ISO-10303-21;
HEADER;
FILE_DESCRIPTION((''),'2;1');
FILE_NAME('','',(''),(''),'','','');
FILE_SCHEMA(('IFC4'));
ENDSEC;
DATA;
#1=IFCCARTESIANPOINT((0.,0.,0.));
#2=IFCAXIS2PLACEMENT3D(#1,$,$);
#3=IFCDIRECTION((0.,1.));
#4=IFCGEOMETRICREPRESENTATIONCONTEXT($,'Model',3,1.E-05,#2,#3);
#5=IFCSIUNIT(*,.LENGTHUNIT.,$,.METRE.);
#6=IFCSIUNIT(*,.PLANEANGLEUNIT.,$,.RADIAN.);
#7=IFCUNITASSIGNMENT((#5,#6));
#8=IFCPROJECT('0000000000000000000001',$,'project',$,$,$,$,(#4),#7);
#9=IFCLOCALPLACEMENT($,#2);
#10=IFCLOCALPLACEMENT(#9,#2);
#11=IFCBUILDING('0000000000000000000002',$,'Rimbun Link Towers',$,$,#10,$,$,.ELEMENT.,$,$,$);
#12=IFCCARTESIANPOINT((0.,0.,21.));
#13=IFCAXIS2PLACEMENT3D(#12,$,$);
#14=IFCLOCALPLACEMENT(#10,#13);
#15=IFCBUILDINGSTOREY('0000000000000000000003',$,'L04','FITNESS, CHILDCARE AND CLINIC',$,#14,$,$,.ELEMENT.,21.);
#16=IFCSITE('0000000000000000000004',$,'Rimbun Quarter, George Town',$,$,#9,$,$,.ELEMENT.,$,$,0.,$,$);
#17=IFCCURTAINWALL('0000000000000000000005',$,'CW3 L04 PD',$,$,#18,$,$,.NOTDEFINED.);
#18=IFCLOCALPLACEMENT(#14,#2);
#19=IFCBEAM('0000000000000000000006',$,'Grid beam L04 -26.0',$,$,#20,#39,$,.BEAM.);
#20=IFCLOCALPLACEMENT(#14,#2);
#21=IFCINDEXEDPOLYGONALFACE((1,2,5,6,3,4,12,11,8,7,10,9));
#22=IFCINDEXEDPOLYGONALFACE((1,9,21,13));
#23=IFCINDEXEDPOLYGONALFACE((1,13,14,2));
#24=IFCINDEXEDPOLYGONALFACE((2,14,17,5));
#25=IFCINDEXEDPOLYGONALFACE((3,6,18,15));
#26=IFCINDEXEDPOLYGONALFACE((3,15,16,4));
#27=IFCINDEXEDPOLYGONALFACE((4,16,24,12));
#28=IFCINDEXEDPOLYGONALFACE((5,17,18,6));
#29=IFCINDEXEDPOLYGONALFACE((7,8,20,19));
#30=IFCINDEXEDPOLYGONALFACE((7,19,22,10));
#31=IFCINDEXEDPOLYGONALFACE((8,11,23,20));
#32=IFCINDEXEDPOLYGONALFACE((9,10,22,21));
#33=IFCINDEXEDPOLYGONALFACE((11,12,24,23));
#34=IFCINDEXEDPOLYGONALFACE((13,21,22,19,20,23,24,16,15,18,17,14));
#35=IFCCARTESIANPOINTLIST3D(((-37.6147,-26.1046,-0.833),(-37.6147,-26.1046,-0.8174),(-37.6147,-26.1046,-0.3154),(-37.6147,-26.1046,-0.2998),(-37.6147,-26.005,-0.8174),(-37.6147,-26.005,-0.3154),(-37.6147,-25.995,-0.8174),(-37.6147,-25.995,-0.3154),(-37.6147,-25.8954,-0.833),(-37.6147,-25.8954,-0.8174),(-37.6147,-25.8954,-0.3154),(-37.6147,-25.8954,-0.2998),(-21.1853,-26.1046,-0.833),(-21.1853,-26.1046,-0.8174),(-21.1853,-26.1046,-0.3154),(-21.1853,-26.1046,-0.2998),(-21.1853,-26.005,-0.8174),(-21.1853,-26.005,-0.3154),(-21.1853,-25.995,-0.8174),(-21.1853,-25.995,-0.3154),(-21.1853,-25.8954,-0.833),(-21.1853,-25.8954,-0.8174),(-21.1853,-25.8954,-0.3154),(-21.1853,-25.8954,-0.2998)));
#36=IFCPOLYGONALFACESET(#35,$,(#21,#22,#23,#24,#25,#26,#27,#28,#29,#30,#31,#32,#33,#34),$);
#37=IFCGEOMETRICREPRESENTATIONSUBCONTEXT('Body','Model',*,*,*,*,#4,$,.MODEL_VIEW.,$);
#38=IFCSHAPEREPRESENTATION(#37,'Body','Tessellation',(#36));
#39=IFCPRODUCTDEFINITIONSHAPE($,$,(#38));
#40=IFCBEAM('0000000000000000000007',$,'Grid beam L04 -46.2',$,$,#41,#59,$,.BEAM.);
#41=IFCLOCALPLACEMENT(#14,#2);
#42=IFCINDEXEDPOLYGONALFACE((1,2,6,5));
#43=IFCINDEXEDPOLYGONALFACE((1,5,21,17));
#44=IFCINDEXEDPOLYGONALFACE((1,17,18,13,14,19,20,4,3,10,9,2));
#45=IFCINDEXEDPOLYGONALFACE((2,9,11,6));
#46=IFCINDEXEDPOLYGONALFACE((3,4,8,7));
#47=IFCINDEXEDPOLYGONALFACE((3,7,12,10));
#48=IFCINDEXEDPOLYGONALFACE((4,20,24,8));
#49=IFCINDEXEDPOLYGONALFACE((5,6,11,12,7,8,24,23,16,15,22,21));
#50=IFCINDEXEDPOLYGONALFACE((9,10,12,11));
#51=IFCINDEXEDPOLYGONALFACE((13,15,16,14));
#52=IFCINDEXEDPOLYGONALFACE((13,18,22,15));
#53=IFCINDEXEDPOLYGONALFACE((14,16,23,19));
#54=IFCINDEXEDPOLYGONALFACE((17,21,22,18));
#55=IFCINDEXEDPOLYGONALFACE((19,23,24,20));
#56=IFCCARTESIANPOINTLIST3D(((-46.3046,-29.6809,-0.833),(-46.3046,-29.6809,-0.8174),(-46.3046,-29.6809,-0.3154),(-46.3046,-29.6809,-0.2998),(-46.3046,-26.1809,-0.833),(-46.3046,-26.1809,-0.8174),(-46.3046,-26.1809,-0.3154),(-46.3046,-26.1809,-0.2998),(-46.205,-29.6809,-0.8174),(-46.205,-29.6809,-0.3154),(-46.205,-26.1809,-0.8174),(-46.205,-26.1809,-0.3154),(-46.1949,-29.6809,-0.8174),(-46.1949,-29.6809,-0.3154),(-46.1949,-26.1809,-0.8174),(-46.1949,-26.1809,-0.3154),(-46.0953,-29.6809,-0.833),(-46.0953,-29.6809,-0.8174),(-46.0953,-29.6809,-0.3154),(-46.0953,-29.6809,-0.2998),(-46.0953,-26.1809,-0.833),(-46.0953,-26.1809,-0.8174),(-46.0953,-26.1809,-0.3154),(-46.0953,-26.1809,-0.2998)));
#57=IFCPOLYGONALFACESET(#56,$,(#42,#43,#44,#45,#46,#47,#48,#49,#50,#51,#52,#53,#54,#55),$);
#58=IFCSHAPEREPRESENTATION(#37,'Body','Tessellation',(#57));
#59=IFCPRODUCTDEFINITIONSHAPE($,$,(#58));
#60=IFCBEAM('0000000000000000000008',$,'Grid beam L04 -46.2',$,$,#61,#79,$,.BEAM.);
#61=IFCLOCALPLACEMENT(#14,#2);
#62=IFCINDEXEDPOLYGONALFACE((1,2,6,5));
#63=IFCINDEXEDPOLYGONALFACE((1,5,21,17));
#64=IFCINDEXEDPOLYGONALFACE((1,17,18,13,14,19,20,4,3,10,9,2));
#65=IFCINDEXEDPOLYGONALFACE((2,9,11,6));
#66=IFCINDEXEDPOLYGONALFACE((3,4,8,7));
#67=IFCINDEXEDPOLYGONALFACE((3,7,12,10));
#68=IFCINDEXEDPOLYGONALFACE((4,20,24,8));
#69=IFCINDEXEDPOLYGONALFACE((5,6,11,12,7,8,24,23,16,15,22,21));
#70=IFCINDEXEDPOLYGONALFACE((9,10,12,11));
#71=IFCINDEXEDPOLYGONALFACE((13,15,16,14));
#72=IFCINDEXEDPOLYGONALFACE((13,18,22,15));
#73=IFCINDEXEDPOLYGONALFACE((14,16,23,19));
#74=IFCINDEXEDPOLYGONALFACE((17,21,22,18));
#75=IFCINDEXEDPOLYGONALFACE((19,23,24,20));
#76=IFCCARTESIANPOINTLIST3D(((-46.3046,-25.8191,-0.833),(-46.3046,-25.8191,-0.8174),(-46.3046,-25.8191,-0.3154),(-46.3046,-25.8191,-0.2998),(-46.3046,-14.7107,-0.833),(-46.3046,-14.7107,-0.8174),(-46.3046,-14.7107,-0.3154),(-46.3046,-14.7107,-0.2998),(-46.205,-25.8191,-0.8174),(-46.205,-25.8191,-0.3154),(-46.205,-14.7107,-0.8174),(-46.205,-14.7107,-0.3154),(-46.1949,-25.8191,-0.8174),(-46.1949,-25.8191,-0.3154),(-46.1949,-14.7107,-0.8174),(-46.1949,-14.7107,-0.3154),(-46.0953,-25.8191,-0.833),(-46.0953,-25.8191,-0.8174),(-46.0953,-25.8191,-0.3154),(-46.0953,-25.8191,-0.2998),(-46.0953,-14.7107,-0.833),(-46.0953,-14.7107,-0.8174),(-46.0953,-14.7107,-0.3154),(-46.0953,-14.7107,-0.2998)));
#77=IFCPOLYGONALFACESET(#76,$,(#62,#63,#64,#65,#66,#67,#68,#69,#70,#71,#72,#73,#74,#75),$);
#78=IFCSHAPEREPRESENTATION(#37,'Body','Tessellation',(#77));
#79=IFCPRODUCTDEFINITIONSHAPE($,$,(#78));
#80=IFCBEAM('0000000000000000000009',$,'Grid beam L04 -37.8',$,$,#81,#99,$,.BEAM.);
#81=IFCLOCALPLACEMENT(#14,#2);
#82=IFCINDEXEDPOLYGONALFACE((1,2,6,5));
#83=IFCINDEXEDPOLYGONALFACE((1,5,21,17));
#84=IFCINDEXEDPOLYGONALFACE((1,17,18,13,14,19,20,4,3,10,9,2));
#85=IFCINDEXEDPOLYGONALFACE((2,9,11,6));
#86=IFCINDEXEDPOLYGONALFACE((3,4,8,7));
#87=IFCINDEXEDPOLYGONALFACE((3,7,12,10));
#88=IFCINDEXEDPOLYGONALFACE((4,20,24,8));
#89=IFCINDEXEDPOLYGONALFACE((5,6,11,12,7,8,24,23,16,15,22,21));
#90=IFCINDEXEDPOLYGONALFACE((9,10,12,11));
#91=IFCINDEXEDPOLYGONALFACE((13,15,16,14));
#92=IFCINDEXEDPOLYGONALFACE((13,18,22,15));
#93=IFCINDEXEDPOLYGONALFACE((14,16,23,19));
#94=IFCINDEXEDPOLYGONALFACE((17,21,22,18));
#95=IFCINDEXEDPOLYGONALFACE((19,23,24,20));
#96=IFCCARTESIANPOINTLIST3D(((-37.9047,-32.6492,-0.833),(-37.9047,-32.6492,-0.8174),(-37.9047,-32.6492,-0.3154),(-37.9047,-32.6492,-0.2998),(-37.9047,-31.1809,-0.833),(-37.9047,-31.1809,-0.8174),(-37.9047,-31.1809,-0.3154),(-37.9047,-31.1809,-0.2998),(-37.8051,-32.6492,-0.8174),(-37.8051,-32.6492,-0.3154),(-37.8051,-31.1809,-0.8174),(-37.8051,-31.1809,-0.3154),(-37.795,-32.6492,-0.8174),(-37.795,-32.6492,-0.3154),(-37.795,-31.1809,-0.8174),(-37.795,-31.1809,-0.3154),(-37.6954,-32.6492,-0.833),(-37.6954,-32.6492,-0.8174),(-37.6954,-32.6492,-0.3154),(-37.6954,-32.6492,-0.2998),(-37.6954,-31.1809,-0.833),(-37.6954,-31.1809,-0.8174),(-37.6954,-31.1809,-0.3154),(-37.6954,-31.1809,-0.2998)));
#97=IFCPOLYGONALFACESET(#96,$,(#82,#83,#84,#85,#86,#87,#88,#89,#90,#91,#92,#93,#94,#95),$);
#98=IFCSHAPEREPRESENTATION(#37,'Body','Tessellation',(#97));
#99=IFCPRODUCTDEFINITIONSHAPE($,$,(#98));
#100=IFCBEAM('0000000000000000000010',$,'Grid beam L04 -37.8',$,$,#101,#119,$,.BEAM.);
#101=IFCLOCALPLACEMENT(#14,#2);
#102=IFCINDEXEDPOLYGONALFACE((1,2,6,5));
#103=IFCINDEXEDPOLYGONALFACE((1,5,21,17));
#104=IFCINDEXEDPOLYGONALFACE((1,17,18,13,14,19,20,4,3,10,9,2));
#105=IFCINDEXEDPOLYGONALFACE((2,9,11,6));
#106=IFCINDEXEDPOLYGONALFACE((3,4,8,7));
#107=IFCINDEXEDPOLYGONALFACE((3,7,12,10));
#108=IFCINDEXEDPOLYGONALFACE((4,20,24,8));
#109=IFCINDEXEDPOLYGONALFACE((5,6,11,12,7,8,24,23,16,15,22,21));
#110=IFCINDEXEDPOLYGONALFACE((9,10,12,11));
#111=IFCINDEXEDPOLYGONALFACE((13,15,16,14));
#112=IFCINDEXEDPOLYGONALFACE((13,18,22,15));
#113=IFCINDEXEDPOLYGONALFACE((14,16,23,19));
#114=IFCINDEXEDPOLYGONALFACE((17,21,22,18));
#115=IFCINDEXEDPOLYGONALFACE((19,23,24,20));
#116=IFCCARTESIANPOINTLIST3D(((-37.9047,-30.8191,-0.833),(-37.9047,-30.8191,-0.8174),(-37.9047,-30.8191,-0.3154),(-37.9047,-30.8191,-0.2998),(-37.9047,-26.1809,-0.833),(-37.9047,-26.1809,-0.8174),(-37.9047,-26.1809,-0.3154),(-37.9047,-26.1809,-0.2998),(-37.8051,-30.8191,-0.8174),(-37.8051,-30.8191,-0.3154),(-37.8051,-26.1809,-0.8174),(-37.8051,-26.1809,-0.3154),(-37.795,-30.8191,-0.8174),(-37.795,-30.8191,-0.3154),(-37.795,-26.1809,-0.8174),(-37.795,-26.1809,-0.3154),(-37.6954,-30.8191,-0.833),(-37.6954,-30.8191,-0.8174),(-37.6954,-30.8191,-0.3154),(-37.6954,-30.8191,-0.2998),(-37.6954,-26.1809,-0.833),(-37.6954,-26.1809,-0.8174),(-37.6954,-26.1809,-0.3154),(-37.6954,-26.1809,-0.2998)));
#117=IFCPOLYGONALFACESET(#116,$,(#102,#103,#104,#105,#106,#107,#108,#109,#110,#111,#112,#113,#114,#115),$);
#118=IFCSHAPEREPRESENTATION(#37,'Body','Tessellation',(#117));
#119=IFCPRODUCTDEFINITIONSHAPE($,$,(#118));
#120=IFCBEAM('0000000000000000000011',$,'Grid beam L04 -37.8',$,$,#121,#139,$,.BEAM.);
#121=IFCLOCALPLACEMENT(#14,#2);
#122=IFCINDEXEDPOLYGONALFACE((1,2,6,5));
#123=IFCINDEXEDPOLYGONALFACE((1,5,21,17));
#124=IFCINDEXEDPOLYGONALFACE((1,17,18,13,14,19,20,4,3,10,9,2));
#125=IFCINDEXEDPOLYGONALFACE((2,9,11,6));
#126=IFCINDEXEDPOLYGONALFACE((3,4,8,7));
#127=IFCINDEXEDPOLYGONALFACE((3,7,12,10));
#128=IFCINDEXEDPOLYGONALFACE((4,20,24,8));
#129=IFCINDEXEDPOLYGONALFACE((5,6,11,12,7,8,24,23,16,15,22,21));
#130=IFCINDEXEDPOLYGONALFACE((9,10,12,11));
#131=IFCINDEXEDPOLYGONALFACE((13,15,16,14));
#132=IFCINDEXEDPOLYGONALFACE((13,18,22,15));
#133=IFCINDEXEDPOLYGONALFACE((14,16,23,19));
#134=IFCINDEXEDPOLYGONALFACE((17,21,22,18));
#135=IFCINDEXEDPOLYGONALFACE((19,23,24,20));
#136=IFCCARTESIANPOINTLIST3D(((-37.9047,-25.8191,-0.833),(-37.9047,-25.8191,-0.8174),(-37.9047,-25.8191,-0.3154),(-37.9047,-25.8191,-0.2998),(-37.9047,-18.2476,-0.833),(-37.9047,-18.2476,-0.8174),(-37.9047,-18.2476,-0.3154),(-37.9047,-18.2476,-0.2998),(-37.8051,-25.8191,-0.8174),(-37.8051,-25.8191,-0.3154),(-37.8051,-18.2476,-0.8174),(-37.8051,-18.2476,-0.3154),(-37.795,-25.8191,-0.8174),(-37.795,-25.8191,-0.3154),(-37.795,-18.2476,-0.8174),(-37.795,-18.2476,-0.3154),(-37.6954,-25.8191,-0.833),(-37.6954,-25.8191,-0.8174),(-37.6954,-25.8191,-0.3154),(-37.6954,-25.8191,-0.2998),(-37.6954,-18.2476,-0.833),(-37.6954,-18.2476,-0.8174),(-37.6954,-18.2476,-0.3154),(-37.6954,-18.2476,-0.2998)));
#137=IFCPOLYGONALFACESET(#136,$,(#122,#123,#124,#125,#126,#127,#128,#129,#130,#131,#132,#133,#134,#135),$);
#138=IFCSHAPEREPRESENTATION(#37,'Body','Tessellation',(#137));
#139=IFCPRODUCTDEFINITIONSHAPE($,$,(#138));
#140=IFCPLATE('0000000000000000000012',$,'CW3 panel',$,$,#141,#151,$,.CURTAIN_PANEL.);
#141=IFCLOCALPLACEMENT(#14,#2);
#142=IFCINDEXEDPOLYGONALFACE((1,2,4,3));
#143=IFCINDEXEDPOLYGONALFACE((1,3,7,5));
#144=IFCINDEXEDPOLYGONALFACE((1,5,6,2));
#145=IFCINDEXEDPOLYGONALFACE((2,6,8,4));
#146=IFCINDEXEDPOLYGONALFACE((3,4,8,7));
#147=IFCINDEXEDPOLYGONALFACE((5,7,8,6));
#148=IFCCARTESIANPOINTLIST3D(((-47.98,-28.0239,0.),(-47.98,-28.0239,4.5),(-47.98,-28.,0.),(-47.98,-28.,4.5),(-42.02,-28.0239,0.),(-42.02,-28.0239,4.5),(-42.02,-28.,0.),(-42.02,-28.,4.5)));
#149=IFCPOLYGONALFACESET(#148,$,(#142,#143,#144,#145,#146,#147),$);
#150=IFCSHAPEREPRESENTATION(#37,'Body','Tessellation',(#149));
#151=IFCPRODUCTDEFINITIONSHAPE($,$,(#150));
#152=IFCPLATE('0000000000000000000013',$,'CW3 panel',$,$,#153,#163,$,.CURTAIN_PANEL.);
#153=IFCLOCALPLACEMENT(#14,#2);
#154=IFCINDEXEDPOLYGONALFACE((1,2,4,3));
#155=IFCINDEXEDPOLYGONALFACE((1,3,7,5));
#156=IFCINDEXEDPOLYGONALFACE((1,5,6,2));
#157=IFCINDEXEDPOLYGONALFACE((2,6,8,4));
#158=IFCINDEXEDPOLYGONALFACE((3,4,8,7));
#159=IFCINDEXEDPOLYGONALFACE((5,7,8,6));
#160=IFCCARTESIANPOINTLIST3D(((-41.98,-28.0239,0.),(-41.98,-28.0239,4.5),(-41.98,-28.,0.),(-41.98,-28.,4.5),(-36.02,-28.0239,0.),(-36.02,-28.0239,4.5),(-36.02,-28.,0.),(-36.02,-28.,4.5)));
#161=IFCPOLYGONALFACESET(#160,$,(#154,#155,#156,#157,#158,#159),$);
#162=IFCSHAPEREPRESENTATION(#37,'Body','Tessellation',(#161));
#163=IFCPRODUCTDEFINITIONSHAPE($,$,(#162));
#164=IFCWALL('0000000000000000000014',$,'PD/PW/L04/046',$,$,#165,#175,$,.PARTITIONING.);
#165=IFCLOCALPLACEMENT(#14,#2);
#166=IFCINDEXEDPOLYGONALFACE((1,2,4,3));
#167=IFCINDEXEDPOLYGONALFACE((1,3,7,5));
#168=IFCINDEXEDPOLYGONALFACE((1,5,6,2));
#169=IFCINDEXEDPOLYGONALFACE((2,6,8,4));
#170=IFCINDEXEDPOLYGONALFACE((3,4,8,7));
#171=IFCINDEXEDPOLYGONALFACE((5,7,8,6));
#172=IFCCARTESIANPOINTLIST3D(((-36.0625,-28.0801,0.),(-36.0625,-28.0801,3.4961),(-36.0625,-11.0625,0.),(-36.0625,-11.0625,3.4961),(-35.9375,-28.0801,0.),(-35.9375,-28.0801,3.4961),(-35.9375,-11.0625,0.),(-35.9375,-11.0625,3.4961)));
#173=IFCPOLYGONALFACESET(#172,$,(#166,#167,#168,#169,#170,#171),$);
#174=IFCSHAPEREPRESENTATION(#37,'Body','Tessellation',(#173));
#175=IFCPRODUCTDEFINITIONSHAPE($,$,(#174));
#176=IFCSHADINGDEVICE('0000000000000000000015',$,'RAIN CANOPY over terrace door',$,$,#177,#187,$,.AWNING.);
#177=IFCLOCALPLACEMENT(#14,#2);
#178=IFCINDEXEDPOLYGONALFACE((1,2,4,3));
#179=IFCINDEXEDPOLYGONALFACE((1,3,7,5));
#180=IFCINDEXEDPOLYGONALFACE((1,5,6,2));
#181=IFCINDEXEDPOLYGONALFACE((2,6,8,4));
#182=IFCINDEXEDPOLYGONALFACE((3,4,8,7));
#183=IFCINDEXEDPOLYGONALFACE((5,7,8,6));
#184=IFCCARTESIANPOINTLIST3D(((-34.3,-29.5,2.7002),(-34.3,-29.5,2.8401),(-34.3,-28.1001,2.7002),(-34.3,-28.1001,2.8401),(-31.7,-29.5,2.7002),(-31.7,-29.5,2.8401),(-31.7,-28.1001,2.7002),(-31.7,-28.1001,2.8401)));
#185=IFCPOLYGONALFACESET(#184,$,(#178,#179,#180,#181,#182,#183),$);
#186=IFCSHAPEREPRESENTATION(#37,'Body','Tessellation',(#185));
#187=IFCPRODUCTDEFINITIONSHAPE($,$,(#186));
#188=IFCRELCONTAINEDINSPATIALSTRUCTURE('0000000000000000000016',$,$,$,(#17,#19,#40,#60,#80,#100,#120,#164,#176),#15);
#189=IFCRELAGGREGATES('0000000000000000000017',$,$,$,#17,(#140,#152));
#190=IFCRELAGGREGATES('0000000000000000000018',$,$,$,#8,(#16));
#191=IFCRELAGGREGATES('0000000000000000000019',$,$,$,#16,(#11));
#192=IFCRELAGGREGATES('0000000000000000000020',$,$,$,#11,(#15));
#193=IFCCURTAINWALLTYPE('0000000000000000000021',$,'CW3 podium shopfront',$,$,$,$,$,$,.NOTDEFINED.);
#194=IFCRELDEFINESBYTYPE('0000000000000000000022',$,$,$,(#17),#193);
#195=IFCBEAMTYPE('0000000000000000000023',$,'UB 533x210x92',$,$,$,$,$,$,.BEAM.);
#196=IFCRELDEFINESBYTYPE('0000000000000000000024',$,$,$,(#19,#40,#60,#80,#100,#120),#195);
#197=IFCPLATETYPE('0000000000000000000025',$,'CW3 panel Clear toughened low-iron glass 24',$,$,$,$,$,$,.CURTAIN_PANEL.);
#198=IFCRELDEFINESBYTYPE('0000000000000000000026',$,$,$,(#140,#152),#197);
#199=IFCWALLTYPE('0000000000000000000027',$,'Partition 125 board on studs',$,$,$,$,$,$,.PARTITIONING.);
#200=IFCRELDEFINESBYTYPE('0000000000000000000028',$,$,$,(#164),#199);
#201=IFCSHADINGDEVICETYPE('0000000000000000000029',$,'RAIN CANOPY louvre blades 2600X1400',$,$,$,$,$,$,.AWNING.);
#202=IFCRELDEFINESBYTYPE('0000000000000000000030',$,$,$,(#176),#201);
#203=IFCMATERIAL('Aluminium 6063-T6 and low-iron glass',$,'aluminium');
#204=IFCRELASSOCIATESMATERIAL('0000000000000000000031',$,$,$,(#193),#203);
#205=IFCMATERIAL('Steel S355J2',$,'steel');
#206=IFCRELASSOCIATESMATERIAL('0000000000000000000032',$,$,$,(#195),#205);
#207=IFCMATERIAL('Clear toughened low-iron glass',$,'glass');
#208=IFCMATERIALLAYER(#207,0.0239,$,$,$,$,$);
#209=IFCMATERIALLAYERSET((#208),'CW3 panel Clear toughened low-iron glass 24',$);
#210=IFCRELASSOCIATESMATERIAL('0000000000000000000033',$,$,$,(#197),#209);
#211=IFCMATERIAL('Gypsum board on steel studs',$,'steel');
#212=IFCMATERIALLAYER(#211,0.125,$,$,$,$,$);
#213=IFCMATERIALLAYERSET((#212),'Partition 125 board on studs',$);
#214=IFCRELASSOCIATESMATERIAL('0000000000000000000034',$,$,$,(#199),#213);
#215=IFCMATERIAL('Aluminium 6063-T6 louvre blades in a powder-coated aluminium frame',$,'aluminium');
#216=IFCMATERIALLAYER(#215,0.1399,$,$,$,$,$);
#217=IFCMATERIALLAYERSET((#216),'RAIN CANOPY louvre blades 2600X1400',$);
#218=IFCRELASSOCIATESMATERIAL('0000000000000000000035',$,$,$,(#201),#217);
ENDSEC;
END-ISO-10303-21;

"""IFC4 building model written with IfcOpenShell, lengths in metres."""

from ifc_helpers import new_model, si_unit, direction, frame, frame_2d, origin, origin_2d, place, context, subcontext, project, spatial, rectangle, i_section, extrude, material, layer, layer_set, material_profile, profile_set, type_object, element, aggregate, save


model = new_model("IFC4")

# Units and contexts
model_context = context("Model", 3, precision=1e-05, world=origin(), true_north=direction((0.0, 1.0)))
body_context = subcontext(model_context, "Body", "Model", "MODEL_VIEW")
ifc_project = project(units=[si_unit("LENGTHUNIT", "METRE"), si_unit("PLANEANGLEUNIT", "RADIAN")], contexts=[model_context])

# Site, building, storey
site_placement = place(None, origin())
site = spatial("IfcSite", under=ifc_project, at=site_placement, Name="Rimbun Quarter, George Town", CompositionType="ELEMENT", RefElevation=0.0)
building_placement = place(site_placement, origin())
building = spatial("IfcBuilding", under=site, at=building_placement, Name="Rimbun Link Towers", CompositionType="ELEMENT")
storey_placement = place(building_placement, frame((0.0, 0.0, 21.0)))
storey = spatial("IfcBuildingStorey", under=building, at=storey_placement, Name="L04", Description="FITNESS, CHILDCARE AND CLINIC", CompositionType="ELEMENT", Elevation=21.0)

# Curtain wall
ifc_material_1 = material(Name="Aluminium 6063-T6 and low-iron glass", Category="aluminium")
curtain_wall_type = type_object("IfcCurtainWallType", Name="CW3 podium shopfront", PredefinedType="NOTDEFINED", material=ifc_material_1)
curtain_wall_placement = place(storey_placement, origin())
curtain_wall = element("IfcCurtainWall", 1, at=curtain_wall_placement, inside=storey, type_object=curtain_wall_type, Name="CW3 L04 PD", PredefinedType="NOTDEFINED")

# Beams
ifc_material_2 = material(Name="Steel S355J2", Category="steel")
ifc_material_profile_1 = material_profile(ifc_material_2, i_section(OverallWidth=0.2092, OverallDepth=0.5332, WebThickness=0.01, FlangeThickness=0.0156, at=origin_2d()), Name="UB 533x210x92")
ifc_profile_set_1 = profile_set([ifc_material_profile_1], Name="Steel S355J2")
beam_type = type_object("IfcBeamType", Name="UB 533x210x92", PredefinedType="BEAM", material=ifc_profile_set_1)
beam_1_placement = place(storey_placement, frame((-37.6147, -26.0, -0.5664), z_axis=(1.0, 0.0, 0.0), x_axis=(0.0, 1.0, 0.0)))
element("IfcBeam", 2, at=beam_1_placement, inside=storey, type_object=beam_type, Name="Grid beam L04 -26.0", PredefinedType="BEAM", context=body_context, shape_type="SweptSolid", body=[
    extrude(i_section(OverallWidth=0.2092, OverallDepth=0.5332, WebThickness=0.01, FlangeThickness=0.0156, at=origin_2d()), origin(), (0.0, 0.0, 1.0), 16.4294),
])
beam_2_placement = place(storey_placement, frame((-46.2, -29.6809, -0.5664), z_axis=(0.0, 1.0, 0.0), x_axis=(-1.0, 0.0, 0.0)))
element("IfcBeam", 3, at=beam_2_placement, inside=storey, type_object=beam_type, Name="Grid beam L04 -46.2", PredefinedType="BEAM", context=body_context, shape_type="SweptSolid", body=[
    extrude(i_section(OverallWidth=0.2092, OverallDepth=0.5332, WebThickness=0.01, FlangeThickness=0.0156, at=origin_2d()), origin(), (0.0, 0.0, 1.0), 3.5),
])
beam_3_placement = place(storey_placement, frame((-46.2, -25.8191, -0.5664), z_axis=(0.0, 1.0, 0.0), x_axis=(-1.0, 0.0, 0.0)))
element("IfcBeam", 4, at=beam_3_placement, inside=storey, type_object=beam_type, Name="Grid beam L04 -46.2", PredefinedType="BEAM", context=body_context, shape_type="SweptSolid", body=[
    extrude(i_section(OverallWidth=0.2092, OverallDepth=0.5332, WebThickness=0.01, FlangeThickness=0.0156, at=origin_2d()), origin(), (0.0, 0.0, 1.0), 11.1084),
])
beam_4_placement = place(storey_placement, frame((-37.8, -32.6492, -0.5664), z_axis=(0.0, 1.0, 0.0), x_axis=(-1.0, 0.0, 0.0)))
element("IfcBeam", 5, at=beam_4_placement, inside=storey, type_object=beam_type, Name="Grid beam L04 -37.8", PredefinedType="BEAM", context=body_context, shape_type="SweptSolid", body=[
    extrude(i_section(OverallWidth=0.2092, OverallDepth=0.5332, WebThickness=0.01, FlangeThickness=0.0156, at=origin_2d()), origin(), (0.0, 0.0, 1.0), 1.4683),
])
beam_5_placement = place(storey_placement, frame((-37.8, -30.8191, -0.5664), z_axis=(0.0, 1.0, 0.0), x_axis=(-1.0, 0.0, 0.0)))
element("IfcBeam", 6, at=beam_5_placement, inside=storey, type_object=beam_type, Name="Grid beam L04 -37.8", PredefinedType="BEAM", context=body_context, shape_type="SweptSolid", body=[
    extrude(i_section(OverallWidth=0.2092, OverallDepth=0.5332, WebThickness=0.01, FlangeThickness=0.0156, at=origin_2d()), origin(), (0.0, 0.0, 1.0), 4.6382),
])
beam_6_placement = place(storey_placement, frame((-37.8, -25.8191, -0.5664), z_axis=(0.0, 1.0, 0.0), x_axis=(-1.0, 0.0, 0.0)))
element("IfcBeam", 7, at=beam_6_placement, inside=storey, type_object=beam_type, Name="Grid beam L04 -37.8", PredefinedType="BEAM", context=body_context, shape_type="SweptSolid", body=[
    extrude(i_section(OverallWidth=0.2092, OverallDepth=0.5332, WebThickness=0.01, FlangeThickness=0.0156, at=origin_2d()), origin(), (0.0, 0.0, 1.0), 7.5715),
])

# Plates
ifc_material_3 = material(Name="Clear toughened low-iron glass", Category="glass")
ifc_layer_1 = layer(ifc_material_3, 0.0239)
ifc_layer_set_1 = layer_set([ifc_layer_1], Name="CW3 panel Clear toughened low-iron glass 24")
plate_type = type_object("IfcPlateType", Name="CW3 panel Clear toughened low-iron glass 24", PredefinedType="CURTAIN_PANEL", material=ifc_layer_set_1)
plate_1_placement = place(storey_placement, frame((-45.0, -28.012, 0.0), z_axis=(0.0, 0.0, 1.0), x_axis=(-1.0, 0.0, 0.0)))
plate_1 = element("IfcPlate", 8, at=plate_1_placement, type_object=plate_type, Name="CW3 panel", PredefinedType="CURTAIN_PANEL", context=body_context, shape_type="SweptSolid", body=[
    extrude(rectangle(XDim=5.96, YDim=0.0239, at=origin_2d()), origin(), (0.0, 0.0, 1.0), 4.5),
])
plate_2_placement = place(storey_placement, frame((-39.0, -28.012, 0.0), z_axis=(0.0, 0.0, 1.0), x_axis=(-1.0, 0.0, 0.0)))
plate_2 = element("IfcPlate", 9, at=plate_2_placement, type_object=plate_type, Name="CW3 panel", PredefinedType="CURTAIN_PANEL", context=body_context, shape_type="SweptSolid", body=[
    extrude(rectangle(XDim=5.96, YDim=0.0239, at=origin_2d()), origin(), (0.0, 0.0, 1.0), 4.5),
])
aggregate(curtain_wall, [plate_1, plate_2])

# Wall
ifc_material_4 = material(Name="Gypsum board on steel studs", Category="steel")
ifc_layer_2 = layer(ifc_material_4, 0.125)
ifc_layer_set_2 = layer_set([ifc_layer_2], Name="Partition 125 board on studs")
wall_type = type_object("IfcWallType", Name="Partition 125 board on studs", PredefinedType="PARTITIONING", material=ifc_layer_set_2)
wall_placement = place(storey_placement, frame((-36.0, -28.0801, 0.0), z_axis=(0.0, 0.0, 1.0), x_axis=(0.0, 1.0, 0.0)))
element("IfcWall", 10, at=wall_placement, inside=storey, type_object=wall_type, Name="PD/PW/L04/046", PredefinedType="PARTITIONING", context=body_context, shape_type="SweptSolid", body=[
    extrude(rectangle(XDim=17.0176, YDim=0.125, at=frame_2d((8.5088, 0.0))), origin(), (0.0, 0.0, 1.0), 3.4961),
])

# Shading device
ifc_material_5 = material(Name="Aluminium 6063-T6 louvre blades in a powder-coated aluminium frame", Category="aluminium")
ifc_layer_3 = layer(ifc_material_5, 0.1399)
ifc_layer_set_3 = layer_set([ifc_layer_3], Name="RAIN CANOPY louvre blades 2600X1400")
shading_device_type = type_object("IfcShadingDeviceType", Name="RAIN CANOPY louvre blades 2600X1400", PredefinedType="AWNING", material=ifc_layer_set_3)
shading_device_placement = place(storey_placement, frame((-33.0, -28.8, 2.7002), z_axis=(0.0, 0.0, 1.0), x_axis=(-1.0, 0.0, 0.0)))
element("IfcShadingDevice", 11, at=shading_device_placement, inside=storey, type_object=shading_device_type, Name="RAIN CANOPY over terrace door", PredefinedType="AWNING", context=body_context, shape_type="SweptSolid", body=[
    extrude(rectangle(XDim=2.6001, YDim=1.3999, at=origin_2d()), origin(), (0.0, 0.0, 1.0), 0.1399),
])

save(model, "model.ifc")
